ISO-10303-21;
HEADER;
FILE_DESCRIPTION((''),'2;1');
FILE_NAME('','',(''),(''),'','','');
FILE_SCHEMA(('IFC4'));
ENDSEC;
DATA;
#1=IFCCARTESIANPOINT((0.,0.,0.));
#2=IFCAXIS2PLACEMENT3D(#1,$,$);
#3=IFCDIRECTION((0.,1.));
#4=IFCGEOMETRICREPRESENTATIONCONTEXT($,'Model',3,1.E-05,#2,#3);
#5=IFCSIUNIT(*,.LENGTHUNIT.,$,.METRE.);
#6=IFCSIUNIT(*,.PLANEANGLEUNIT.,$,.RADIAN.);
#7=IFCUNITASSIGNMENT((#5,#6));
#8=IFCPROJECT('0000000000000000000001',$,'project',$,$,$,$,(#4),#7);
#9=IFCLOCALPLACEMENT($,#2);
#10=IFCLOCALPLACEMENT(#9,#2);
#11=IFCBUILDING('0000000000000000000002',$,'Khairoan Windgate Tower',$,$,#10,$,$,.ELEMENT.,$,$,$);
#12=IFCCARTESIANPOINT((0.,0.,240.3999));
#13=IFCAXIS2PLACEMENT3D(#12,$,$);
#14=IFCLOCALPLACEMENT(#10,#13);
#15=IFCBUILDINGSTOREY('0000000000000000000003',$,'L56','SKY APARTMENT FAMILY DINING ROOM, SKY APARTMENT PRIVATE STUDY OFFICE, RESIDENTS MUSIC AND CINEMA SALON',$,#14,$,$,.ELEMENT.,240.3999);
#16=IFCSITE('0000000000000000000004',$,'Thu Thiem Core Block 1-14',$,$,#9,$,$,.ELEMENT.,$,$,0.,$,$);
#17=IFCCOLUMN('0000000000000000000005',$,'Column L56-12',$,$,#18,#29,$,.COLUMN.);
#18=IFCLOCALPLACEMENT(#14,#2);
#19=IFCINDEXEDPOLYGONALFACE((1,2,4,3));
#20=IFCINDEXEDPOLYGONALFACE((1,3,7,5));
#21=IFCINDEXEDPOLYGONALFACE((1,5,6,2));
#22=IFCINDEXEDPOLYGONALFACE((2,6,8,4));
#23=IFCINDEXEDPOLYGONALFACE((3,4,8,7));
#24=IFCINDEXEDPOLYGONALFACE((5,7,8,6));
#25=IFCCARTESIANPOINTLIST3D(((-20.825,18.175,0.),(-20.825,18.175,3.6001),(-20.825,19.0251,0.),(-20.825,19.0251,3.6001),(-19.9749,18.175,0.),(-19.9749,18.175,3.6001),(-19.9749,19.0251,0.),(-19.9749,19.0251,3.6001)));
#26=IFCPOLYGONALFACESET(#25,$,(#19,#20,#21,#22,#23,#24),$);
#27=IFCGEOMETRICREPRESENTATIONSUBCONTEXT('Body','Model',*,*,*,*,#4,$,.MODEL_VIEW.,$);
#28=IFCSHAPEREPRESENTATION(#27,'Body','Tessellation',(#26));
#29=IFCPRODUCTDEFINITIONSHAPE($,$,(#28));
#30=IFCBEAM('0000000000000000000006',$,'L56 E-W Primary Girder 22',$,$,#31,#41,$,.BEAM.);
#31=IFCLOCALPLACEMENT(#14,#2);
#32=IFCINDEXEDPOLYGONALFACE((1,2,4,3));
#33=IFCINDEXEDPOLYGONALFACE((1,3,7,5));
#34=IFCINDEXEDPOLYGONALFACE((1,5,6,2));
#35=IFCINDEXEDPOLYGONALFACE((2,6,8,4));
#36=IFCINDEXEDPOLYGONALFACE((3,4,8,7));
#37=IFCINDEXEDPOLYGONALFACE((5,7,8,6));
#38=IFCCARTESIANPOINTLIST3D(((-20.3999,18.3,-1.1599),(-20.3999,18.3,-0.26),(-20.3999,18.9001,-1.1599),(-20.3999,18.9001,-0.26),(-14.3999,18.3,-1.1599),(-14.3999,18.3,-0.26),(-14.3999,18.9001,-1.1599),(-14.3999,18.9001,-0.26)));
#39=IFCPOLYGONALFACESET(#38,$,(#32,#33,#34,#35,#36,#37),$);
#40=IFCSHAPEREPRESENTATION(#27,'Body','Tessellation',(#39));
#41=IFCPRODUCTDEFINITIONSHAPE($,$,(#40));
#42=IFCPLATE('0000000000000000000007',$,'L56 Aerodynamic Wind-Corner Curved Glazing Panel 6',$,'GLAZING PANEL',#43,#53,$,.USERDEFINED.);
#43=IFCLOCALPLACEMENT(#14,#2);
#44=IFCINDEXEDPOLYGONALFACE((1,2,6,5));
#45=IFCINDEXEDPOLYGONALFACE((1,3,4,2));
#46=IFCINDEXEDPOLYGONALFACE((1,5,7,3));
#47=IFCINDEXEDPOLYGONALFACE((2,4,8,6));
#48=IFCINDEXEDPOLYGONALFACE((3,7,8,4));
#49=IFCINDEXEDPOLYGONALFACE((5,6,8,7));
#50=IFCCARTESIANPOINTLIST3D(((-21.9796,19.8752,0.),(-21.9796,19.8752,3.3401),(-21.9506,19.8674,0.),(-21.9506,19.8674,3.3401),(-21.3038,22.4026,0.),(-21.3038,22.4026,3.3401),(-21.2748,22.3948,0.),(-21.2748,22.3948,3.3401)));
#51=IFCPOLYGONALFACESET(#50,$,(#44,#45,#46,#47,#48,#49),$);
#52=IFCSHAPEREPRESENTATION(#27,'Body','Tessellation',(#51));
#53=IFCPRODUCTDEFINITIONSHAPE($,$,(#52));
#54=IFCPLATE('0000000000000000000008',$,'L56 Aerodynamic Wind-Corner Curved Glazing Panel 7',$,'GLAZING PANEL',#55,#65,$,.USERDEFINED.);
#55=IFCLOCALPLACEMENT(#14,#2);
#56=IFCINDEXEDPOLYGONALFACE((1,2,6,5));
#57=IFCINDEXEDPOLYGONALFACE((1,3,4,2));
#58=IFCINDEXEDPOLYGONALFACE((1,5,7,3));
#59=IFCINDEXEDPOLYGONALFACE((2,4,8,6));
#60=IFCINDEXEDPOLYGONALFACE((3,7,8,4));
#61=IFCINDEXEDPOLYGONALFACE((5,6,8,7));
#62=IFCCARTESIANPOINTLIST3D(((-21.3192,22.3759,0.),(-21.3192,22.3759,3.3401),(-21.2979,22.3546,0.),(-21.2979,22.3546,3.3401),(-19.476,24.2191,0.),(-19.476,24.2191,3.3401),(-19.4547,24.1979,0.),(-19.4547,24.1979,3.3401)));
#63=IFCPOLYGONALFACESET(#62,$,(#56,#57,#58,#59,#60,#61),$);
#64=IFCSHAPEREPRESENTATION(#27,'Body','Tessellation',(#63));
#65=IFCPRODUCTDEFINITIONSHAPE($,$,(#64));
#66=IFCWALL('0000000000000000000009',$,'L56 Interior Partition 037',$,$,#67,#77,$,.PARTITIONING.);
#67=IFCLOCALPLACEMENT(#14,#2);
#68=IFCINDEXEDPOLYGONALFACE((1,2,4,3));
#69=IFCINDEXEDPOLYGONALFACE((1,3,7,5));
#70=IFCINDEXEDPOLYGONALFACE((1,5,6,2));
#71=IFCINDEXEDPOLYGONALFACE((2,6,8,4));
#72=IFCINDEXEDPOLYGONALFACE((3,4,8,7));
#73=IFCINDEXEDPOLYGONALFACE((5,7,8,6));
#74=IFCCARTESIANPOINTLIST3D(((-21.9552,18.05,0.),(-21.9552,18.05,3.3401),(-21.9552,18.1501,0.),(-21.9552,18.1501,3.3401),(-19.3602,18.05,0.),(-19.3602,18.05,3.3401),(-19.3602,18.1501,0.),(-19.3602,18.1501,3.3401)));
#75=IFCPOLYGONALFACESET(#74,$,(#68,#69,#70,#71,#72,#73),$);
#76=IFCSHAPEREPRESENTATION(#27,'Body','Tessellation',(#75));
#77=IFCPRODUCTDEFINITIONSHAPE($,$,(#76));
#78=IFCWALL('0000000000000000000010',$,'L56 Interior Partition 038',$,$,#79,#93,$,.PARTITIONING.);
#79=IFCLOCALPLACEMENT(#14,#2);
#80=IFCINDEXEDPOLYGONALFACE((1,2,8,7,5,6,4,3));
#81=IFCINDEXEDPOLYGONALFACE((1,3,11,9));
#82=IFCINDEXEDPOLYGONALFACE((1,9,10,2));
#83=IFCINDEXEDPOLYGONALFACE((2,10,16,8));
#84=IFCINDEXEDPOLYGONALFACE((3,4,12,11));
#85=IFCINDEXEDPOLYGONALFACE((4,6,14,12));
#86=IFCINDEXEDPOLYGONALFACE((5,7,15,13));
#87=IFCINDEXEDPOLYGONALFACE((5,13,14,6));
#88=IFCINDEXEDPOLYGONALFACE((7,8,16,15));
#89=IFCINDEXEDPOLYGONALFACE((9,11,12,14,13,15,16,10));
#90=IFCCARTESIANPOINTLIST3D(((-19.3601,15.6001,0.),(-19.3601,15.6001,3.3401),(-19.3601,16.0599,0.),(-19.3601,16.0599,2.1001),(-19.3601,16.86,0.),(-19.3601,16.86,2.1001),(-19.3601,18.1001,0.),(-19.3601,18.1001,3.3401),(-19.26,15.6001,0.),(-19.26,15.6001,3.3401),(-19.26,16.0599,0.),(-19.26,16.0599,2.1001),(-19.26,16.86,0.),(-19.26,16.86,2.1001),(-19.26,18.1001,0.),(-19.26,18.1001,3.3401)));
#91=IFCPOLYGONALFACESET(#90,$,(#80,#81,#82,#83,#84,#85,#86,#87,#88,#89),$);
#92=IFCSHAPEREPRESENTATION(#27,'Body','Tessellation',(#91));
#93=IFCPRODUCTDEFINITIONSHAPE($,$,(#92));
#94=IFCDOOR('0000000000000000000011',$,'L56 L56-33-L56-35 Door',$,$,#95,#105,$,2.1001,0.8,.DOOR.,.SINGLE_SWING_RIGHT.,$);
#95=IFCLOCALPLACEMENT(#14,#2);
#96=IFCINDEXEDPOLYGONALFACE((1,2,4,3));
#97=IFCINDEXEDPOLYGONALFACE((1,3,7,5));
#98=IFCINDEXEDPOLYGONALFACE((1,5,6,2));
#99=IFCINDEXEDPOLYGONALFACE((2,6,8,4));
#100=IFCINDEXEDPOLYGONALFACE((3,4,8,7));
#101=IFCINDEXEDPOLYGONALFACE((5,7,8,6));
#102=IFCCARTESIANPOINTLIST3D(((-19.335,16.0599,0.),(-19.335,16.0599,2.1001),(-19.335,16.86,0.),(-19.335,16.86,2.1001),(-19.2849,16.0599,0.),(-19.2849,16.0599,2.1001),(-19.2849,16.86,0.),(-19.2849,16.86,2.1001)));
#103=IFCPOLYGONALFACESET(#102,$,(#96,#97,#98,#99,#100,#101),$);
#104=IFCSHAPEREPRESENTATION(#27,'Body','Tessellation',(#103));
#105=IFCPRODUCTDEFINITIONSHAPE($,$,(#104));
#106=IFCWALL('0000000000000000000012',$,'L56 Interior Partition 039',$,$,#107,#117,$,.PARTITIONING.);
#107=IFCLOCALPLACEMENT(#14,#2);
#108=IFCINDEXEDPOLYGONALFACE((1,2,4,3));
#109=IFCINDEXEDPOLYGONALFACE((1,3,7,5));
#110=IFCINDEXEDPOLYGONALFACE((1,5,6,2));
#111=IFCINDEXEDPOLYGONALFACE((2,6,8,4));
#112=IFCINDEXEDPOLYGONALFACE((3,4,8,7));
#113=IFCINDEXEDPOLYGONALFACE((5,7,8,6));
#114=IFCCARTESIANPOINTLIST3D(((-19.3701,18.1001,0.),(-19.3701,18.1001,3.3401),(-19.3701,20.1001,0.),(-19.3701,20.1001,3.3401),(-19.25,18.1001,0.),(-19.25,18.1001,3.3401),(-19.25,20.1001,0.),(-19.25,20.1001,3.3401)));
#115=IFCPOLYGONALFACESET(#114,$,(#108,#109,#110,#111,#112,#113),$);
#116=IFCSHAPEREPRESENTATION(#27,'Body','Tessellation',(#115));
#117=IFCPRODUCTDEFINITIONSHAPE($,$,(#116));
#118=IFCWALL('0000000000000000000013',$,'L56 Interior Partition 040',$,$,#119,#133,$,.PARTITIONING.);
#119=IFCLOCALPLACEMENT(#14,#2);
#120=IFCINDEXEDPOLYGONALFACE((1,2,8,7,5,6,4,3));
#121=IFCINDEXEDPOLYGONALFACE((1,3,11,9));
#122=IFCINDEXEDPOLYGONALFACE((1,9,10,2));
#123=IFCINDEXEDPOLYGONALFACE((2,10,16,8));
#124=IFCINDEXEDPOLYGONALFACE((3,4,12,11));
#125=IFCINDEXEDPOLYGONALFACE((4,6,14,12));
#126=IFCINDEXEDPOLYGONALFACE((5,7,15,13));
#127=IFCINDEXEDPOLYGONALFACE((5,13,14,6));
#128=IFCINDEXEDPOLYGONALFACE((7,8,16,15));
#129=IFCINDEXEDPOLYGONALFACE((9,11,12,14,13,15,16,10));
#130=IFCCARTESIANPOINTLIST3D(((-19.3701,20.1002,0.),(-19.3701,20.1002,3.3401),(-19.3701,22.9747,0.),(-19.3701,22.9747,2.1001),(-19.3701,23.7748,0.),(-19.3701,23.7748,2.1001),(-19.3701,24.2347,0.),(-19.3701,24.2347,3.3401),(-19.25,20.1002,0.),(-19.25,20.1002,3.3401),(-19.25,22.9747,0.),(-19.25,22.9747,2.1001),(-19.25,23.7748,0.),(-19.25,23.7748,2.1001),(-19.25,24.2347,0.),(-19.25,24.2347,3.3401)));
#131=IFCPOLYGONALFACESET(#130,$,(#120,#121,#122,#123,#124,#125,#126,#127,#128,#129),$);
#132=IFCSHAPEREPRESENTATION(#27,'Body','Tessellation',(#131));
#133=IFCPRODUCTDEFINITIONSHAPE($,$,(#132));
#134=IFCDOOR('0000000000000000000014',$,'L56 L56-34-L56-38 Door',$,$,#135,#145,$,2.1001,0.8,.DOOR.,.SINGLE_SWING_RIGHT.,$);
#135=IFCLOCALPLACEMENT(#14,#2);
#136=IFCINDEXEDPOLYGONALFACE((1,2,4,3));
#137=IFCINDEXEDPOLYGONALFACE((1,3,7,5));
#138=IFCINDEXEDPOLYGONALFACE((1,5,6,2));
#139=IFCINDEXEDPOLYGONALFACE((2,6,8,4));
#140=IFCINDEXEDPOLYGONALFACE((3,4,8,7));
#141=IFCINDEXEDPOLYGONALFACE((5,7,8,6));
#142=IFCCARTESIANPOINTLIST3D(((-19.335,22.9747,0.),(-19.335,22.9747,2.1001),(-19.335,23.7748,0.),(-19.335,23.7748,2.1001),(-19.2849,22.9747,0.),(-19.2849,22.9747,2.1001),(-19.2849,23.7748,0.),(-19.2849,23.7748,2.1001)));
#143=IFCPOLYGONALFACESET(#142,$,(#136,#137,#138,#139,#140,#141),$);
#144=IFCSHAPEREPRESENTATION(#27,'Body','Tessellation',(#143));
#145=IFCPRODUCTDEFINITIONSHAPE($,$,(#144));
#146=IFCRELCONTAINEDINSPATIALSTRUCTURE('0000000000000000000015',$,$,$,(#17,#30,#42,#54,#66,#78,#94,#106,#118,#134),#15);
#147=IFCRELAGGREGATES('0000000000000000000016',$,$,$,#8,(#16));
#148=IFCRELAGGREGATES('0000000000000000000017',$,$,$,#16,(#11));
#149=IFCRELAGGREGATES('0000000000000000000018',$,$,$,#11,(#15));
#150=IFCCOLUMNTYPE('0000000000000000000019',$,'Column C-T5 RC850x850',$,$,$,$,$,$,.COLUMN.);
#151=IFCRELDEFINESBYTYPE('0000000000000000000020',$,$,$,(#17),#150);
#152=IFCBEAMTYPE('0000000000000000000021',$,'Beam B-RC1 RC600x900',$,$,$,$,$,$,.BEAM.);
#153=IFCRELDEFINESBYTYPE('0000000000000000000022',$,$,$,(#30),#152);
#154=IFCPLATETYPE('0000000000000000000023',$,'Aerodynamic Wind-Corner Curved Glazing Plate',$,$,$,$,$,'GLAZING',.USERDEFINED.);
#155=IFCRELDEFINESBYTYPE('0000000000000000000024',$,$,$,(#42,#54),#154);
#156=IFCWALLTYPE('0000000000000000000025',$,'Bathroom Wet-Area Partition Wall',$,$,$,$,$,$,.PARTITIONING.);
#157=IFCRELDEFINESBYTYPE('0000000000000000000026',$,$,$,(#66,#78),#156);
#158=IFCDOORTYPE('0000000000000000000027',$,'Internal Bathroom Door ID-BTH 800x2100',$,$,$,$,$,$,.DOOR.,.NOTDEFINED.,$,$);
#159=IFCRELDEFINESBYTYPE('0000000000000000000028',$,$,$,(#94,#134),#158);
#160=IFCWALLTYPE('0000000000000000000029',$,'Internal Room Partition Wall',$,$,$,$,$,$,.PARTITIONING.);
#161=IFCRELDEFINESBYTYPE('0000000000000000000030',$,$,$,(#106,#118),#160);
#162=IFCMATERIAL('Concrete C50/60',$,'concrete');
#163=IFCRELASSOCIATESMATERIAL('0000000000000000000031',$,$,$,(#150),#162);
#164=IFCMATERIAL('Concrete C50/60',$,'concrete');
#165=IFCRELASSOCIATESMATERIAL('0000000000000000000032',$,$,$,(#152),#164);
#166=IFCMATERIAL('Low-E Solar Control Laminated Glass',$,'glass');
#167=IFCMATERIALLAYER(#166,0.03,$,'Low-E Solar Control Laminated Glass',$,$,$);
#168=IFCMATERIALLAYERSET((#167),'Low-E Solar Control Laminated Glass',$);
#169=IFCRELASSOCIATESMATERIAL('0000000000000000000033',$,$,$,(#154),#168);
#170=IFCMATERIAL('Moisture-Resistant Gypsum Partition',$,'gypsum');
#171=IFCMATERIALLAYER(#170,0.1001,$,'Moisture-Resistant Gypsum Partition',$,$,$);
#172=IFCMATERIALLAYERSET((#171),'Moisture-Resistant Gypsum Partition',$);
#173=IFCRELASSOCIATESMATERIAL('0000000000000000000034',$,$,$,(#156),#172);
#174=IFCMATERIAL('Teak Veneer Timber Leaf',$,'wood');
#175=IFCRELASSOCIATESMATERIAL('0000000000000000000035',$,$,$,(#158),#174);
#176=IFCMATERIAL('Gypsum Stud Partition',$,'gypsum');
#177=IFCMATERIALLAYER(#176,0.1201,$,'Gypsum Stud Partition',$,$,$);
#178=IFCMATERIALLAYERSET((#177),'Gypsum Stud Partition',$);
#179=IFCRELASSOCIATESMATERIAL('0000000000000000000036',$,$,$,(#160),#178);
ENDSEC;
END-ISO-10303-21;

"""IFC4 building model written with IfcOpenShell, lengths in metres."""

from ifc_helpers import new_model, si_unit, direction, frame, frame_2d, origin, origin_2d, place, context, subcontext, project, spatial, rectangle, extrude, material, layer, layer_set, material_profile, profile_set, type_object, element, fill, save


model = new_model("IFC4")

# Units and contexts
model_context = context("Model", 3, precision=1e-05, world=origin(), true_north=direction((0.0, 1.0)))
body_context = subcontext(model_context, "Body", "Model", "MODEL_VIEW")
ifc_project = project(units=[si_unit("LENGTHUNIT", "METRE"), si_unit("PLANEANGLEUNIT", "RADIAN")], contexts=[model_context])

# Site, building, storey
site_placement = place(None, origin())
site = spatial("IfcSite", under=ifc_project, at=site_placement, Name="Thu Thiem Core Block 1-14", CompositionType="ELEMENT", RefElevation=0.0)
building_placement = place(site_placement, origin())
building = spatial("IfcBuilding", under=site, at=building_placement, Name="Khairoan Windgate Tower", CompositionType="ELEMENT")
storey_placement = place(building_placement, frame((0.0, 0.0, 240.3999)))
storey = spatial("IfcBuildingStorey", under=building, at=storey_placement, Name="L56", Description="SKY APARTMENT FAMILY DINING ROOM, SKY APARTMENT PRIVATE STUDY OFFICE, RESIDENTS MUSIC AND CINEMA SALON", CompositionType="ELEMENT", Elevation=240.3999)

# Column
ifc_material_1 = material(Name="Concrete C50/60", Category="concrete")
ifc_material_profile_1 = material_profile(ifc_material_1, rectangle(XDim=0.8501, YDim=0.8501, at=origin_2d()))
ifc_profile_set_1 = profile_set([ifc_material_profile_1], Name="Concrete C50/60")
column_type = type_object("IfcColumnType", Name="Column C-T5 RC850x850", PredefinedType="COLUMN", material=ifc_profile_set_1)
column_placement = place(storey_placement, frame((-20.3999, 18.6001, 0.0), z_axis=(0.0, 0.0, 1.0), x_axis=(1.0, 0.0, 0.0)))
element("IfcColumn", 1, at=column_placement, inside=storey, type_object=column_type, Name="Column L56-12", PredefinedType="COLUMN", context=body_context, shape_type="SweptSolid", body=[
    extrude(rectangle(XDim=0.8501, YDim=0.8501, at=origin_2d()), origin(), (0.0, 0.0, 1.0), 3.6001),
])

# Beam
ifc_material_2 = material(Name="Concrete C50/60", Category="concrete")
ifc_material_profile_2 = material_profile(ifc_material_2, rectangle(XDim=0.6001, YDim=0.8999, at=origin_2d()))
ifc_profile_set_2 = profile_set([ifc_material_profile_2], Name="Concrete C50/60")
beam_type = type_object("IfcBeamType", Name="Beam B-RC1 RC600x900", PredefinedType="BEAM", material=ifc_profile_set_2)
beam_placement = place(storey_placement, frame((-20.3999, 18.6001, -0.71), z_axis=(1.0, 0.0, 0.0), x_axis=(0.0, 1.0, 0.0)))
element("IfcBeam", 2, at=beam_placement, inside=storey, type_object=beam_type, Name="L56 E-W Primary Girder 22", PredefinedType="BEAM", context=body_context, shape_type="SweptSolid", body=[
    extrude(rectangle(XDim=0.6001, YDim=0.8999, at=origin_2d()), origin(), (0.0, 0.0, 1.0), 6.0),
])

# Plates
ifc_material_3 = material(Name="Low-E Solar Control Laminated Glass", Category="glass")
ifc_layer_1 = layer(ifc_material_3, 0.03, Name="Low-E Solar Control Laminated Glass")
ifc_layer_set_1 = layer_set([ifc_layer_1], Name="Low-E Solar Control Laminated Glass")
plate_type = type_object("IfcPlateType", Name="Aerodynamic Wind-Corner Curved Glazing Plate", ElementType="GLAZING", PredefinedType="USERDEFINED", material=ifc_layer_set_1)
plate_1_placement = place(storey_placement, frame((-21.6272, 21.135, 0.0), z_axis=(0.0, 0.0, 1.0), x_axis=(0.258313, 0.966061, 0.0)))
element("IfcPlate", 3, at=plate_1_placement, inside=storey, type_object=plate_type, Name="L56 Aerodynamic Wind-Corner Curved Glazing Panel 6", ObjectType="GLAZING PANEL", PredefinedType="USERDEFINED", context=body_context, shape_type="SweptSolid", body=[
    extrude(rectangle(XDim=2.6162, YDim=0.03, at=origin_2d()), origin(), (0.0, 0.0, 1.0), 3.3401),
])
plate_2_placement = place(storey_placement, frame((-20.387, 23.2869, 0.0), z_axis=(0.0, 0.0, 1.0), x_axis=(0.707107, 0.707107, 0.0)))
element("IfcPlate", 4, at=plate_2_placement, inside=storey, type_object=plate_type, Name="L56 Aerodynamic Wind-Corner Curved Glazing Panel 7", ObjectType="GLAZING PANEL", PredefinedType="USERDEFINED", context=body_context, shape_type="SweptSolid", body=[
    extrude(rectangle(XDim=2.6067, YDim=0.03, at=origin_2d()), origin(), (0.0, 0.0, 1.0), 3.3401),
])

# Wall
ifc_material_4 = material(Name="Moisture-Resistant Gypsum Partition", Category="gypsum")
ifc_layer_2 = layer(ifc_material_4, 0.1001, Name="Moisture-Resistant Gypsum Partition")
ifc_layer_set_2 = layer_set([ifc_layer_2], Name="Moisture-Resistant Gypsum Partition")
wall_type_1 = type_object("IfcWallType", Name="Bathroom Wet-Area Partition Wall", PredefinedType="PARTITIONING", material=ifc_layer_set_2)
wall_1_placement = place(storey_placement, frame((-21.9551, 18.1001, 0.0), z_axis=(0.0, 0.0, 1.0), x_axis=(1.0, 0.0, 0.0)))
element("IfcWall", 5, at=wall_1_placement, inside=storey, type_object=wall_type_1, Name="L56 Interior Partition 037", PredefinedType="PARTITIONING", context=body_context, shape_type="SweptSolid", body=[
    extrude(rectangle(XDim=2.595, YDim=0.1001, at=frame_2d((1.2974, 0.0))), origin(), (0.0, 0.0, 1.0), 3.3401),
])

# Wall, opening, door
wall_2_placement = place(storey_placement, frame((-19.3101, 15.6001, 0.0), z_axis=(0.0, 0.0, 1.0), x_axis=(0.0, 1.0, 0.0)))
wall_2 = element("IfcWall", 6, at=wall_2_placement, inside=storey, type_object=wall_type_1, Name="L56 Interior Partition 038", PredefinedType="PARTITIONING", context=body_context, shape_type="SweptSolid", body=[
    extrude(rectangle(XDim=2.5, YDim=0.1001, at=frame_2d((1.25, 0.0))), origin(), (0.0, 0.0, 1.0), 3.3401),
])
opening_1_placement = place(wall_2_placement, frame((0.46, 0.0, 0.0)))
opening_1 = element("IfcOpeningElement", 7, at=opening_1_placement, cuts=wall_2, PredefinedType="OPENING", context=body_context, shape_type="SweptSolid", body=[
    extrude(rectangle(XDim=0.8, YDim=2.1001, at=frame_2d((0.3999, 1.05))), frame((0.0, 0.0601, 0.0), z_axis=(0.0, -1.0, 0.0), x_axis=(1.0, 0.0, 0.0)), (0.0, 0.0, 1.0), 0.1201),
])
ifc_material_5 = material(Name="Teak Veneer Timber Leaf", Category="wood")
door_type_1 = type_object("IfcDoorType", Name="Internal Bathroom Door ID-BTH 800x2100", OperationType="NOTDEFINED", PredefinedType="DOOR", material=ifc_material_5)
door_1_placement = place(opening_1_placement, origin())
door_1 = element("IfcDoor", 8, at=door_1_placement, inside=storey, type_object=door_type_1, Name="L56 L56-33-L56-35 Door", OperationType="SINGLE_SWING_RIGHT", OverallHeight=2.1001, OverallWidth=0.8, PredefinedType="DOOR", context=body_context, shape_type="SweptSolid", body=[
    extrude(rectangle(XDim=0.8, YDim=2.1001, at=frame_2d((0.3999, 1.05))), frame((0.0, 0.0249, 0.0), z_axis=(0.0, -1.0, 0.0), x_axis=(1.0, 0.0, 0.0)), (0.0, 0.0, 1.0), 0.05),
])
fill(opening_1, door_1)

# Wall
ifc_material_6 = material(Name="Gypsum Stud Partition", Category="gypsum")
ifc_layer_3 = layer(ifc_material_6, 0.1201, Name="Gypsum Stud Partition")
ifc_layer_set_3 = layer_set([ifc_layer_3], Name="Gypsum Stud Partition")
wall_type_2 = type_object("IfcWallType", Name="Internal Room Partition Wall", PredefinedType="PARTITIONING", material=ifc_layer_set_3)
wall_3_placement = place(storey_placement, frame((-19.3101, 18.1001, 0.0), z_axis=(0.0, 0.0, 1.0), x_axis=(0.0, 1.0, 0.0)))
element("IfcWall", 9, at=wall_3_placement, inside=storey, type_object=wall_type_2, Name="L56 Interior Partition 039", PredefinedType="PARTITIONING", context=body_context, shape_type="SweptSolid", body=[
    extrude(rectangle(XDim=2.0, YDim=0.1201, at=frame_2d((1.0, 0.0))), origin(), (0.0, 0.0, 1.0), 3.3401),
])

# Wall, opening, door
wall_4_placement = place(storey_placement, frame((-19.3101, 20.1001, 0.0), z_axis=(0.0, 0.0, 1.0), x_axis=(0.0, 1.0, 0.0)))
wall_4 = element("IfcWall", 10, at=wall_4_placement, inside=storey, type_object=wall_type_2, Name="L56 Interior Partition 040", PredefinedType="PARTITIONING", context=body_context, shape_type="SweptSolid", body=[
    extrude(rectangle(XDim=4.1345, YDim=0.1201, at=frame_2d((2.0674, 0.0))), origin(), (0.0, 0.0, 1.0), 3.3401),
])
opening_2_placement = place(wall_4_placement, frame((2.8748, 0.0, 0.0)))
opening_2 = element("IfcOpeningElement", 11, at=opening_2_placement, cuts=wall_4, PredefinedType="OPENING", context=body_context, shape_type="SweptSolid", body=[
    extrude(rectangle(XDim=0.8, YDim=2.1001, at=frame_2d((0.3999, 1.05))), frame((0.0, 0.0701, 0.0), z_axis=(0.0, -1.0, 0.0), x_axis=(1.0, 0.0, 0.0)), (0.0, 0.0, 1.0), 0.1401),
])
door_2_placement = place(opening_2_placement, origin())
door_2 = element("IfcDoor", 12, at=door_2_placement, inside=storey, type_object=door_type_1, Name="L56 L56-34-L56-38 Door", OperationType="SINGLE_SWING_RIGHT", OverallHeight=2.1001, OverallWidth=0.8, PredefinedType="DOOR", context=body_context, shape_type="SweptSolid", body=[
    extrude(rectangle(XDim=0.8, YDim=2.1001, at=frame_2d((0.3999, 1.05))), frame((0.0, 0.0249, 0.0), z_axis=(0.0, -1.0, 0.0), x_axis=(1.0, 0.0, 0.0)), (0.0, 0.0, 1.0), 0.05),
])
fill(opening_2, door_2)

save(model, "model.ifc")
